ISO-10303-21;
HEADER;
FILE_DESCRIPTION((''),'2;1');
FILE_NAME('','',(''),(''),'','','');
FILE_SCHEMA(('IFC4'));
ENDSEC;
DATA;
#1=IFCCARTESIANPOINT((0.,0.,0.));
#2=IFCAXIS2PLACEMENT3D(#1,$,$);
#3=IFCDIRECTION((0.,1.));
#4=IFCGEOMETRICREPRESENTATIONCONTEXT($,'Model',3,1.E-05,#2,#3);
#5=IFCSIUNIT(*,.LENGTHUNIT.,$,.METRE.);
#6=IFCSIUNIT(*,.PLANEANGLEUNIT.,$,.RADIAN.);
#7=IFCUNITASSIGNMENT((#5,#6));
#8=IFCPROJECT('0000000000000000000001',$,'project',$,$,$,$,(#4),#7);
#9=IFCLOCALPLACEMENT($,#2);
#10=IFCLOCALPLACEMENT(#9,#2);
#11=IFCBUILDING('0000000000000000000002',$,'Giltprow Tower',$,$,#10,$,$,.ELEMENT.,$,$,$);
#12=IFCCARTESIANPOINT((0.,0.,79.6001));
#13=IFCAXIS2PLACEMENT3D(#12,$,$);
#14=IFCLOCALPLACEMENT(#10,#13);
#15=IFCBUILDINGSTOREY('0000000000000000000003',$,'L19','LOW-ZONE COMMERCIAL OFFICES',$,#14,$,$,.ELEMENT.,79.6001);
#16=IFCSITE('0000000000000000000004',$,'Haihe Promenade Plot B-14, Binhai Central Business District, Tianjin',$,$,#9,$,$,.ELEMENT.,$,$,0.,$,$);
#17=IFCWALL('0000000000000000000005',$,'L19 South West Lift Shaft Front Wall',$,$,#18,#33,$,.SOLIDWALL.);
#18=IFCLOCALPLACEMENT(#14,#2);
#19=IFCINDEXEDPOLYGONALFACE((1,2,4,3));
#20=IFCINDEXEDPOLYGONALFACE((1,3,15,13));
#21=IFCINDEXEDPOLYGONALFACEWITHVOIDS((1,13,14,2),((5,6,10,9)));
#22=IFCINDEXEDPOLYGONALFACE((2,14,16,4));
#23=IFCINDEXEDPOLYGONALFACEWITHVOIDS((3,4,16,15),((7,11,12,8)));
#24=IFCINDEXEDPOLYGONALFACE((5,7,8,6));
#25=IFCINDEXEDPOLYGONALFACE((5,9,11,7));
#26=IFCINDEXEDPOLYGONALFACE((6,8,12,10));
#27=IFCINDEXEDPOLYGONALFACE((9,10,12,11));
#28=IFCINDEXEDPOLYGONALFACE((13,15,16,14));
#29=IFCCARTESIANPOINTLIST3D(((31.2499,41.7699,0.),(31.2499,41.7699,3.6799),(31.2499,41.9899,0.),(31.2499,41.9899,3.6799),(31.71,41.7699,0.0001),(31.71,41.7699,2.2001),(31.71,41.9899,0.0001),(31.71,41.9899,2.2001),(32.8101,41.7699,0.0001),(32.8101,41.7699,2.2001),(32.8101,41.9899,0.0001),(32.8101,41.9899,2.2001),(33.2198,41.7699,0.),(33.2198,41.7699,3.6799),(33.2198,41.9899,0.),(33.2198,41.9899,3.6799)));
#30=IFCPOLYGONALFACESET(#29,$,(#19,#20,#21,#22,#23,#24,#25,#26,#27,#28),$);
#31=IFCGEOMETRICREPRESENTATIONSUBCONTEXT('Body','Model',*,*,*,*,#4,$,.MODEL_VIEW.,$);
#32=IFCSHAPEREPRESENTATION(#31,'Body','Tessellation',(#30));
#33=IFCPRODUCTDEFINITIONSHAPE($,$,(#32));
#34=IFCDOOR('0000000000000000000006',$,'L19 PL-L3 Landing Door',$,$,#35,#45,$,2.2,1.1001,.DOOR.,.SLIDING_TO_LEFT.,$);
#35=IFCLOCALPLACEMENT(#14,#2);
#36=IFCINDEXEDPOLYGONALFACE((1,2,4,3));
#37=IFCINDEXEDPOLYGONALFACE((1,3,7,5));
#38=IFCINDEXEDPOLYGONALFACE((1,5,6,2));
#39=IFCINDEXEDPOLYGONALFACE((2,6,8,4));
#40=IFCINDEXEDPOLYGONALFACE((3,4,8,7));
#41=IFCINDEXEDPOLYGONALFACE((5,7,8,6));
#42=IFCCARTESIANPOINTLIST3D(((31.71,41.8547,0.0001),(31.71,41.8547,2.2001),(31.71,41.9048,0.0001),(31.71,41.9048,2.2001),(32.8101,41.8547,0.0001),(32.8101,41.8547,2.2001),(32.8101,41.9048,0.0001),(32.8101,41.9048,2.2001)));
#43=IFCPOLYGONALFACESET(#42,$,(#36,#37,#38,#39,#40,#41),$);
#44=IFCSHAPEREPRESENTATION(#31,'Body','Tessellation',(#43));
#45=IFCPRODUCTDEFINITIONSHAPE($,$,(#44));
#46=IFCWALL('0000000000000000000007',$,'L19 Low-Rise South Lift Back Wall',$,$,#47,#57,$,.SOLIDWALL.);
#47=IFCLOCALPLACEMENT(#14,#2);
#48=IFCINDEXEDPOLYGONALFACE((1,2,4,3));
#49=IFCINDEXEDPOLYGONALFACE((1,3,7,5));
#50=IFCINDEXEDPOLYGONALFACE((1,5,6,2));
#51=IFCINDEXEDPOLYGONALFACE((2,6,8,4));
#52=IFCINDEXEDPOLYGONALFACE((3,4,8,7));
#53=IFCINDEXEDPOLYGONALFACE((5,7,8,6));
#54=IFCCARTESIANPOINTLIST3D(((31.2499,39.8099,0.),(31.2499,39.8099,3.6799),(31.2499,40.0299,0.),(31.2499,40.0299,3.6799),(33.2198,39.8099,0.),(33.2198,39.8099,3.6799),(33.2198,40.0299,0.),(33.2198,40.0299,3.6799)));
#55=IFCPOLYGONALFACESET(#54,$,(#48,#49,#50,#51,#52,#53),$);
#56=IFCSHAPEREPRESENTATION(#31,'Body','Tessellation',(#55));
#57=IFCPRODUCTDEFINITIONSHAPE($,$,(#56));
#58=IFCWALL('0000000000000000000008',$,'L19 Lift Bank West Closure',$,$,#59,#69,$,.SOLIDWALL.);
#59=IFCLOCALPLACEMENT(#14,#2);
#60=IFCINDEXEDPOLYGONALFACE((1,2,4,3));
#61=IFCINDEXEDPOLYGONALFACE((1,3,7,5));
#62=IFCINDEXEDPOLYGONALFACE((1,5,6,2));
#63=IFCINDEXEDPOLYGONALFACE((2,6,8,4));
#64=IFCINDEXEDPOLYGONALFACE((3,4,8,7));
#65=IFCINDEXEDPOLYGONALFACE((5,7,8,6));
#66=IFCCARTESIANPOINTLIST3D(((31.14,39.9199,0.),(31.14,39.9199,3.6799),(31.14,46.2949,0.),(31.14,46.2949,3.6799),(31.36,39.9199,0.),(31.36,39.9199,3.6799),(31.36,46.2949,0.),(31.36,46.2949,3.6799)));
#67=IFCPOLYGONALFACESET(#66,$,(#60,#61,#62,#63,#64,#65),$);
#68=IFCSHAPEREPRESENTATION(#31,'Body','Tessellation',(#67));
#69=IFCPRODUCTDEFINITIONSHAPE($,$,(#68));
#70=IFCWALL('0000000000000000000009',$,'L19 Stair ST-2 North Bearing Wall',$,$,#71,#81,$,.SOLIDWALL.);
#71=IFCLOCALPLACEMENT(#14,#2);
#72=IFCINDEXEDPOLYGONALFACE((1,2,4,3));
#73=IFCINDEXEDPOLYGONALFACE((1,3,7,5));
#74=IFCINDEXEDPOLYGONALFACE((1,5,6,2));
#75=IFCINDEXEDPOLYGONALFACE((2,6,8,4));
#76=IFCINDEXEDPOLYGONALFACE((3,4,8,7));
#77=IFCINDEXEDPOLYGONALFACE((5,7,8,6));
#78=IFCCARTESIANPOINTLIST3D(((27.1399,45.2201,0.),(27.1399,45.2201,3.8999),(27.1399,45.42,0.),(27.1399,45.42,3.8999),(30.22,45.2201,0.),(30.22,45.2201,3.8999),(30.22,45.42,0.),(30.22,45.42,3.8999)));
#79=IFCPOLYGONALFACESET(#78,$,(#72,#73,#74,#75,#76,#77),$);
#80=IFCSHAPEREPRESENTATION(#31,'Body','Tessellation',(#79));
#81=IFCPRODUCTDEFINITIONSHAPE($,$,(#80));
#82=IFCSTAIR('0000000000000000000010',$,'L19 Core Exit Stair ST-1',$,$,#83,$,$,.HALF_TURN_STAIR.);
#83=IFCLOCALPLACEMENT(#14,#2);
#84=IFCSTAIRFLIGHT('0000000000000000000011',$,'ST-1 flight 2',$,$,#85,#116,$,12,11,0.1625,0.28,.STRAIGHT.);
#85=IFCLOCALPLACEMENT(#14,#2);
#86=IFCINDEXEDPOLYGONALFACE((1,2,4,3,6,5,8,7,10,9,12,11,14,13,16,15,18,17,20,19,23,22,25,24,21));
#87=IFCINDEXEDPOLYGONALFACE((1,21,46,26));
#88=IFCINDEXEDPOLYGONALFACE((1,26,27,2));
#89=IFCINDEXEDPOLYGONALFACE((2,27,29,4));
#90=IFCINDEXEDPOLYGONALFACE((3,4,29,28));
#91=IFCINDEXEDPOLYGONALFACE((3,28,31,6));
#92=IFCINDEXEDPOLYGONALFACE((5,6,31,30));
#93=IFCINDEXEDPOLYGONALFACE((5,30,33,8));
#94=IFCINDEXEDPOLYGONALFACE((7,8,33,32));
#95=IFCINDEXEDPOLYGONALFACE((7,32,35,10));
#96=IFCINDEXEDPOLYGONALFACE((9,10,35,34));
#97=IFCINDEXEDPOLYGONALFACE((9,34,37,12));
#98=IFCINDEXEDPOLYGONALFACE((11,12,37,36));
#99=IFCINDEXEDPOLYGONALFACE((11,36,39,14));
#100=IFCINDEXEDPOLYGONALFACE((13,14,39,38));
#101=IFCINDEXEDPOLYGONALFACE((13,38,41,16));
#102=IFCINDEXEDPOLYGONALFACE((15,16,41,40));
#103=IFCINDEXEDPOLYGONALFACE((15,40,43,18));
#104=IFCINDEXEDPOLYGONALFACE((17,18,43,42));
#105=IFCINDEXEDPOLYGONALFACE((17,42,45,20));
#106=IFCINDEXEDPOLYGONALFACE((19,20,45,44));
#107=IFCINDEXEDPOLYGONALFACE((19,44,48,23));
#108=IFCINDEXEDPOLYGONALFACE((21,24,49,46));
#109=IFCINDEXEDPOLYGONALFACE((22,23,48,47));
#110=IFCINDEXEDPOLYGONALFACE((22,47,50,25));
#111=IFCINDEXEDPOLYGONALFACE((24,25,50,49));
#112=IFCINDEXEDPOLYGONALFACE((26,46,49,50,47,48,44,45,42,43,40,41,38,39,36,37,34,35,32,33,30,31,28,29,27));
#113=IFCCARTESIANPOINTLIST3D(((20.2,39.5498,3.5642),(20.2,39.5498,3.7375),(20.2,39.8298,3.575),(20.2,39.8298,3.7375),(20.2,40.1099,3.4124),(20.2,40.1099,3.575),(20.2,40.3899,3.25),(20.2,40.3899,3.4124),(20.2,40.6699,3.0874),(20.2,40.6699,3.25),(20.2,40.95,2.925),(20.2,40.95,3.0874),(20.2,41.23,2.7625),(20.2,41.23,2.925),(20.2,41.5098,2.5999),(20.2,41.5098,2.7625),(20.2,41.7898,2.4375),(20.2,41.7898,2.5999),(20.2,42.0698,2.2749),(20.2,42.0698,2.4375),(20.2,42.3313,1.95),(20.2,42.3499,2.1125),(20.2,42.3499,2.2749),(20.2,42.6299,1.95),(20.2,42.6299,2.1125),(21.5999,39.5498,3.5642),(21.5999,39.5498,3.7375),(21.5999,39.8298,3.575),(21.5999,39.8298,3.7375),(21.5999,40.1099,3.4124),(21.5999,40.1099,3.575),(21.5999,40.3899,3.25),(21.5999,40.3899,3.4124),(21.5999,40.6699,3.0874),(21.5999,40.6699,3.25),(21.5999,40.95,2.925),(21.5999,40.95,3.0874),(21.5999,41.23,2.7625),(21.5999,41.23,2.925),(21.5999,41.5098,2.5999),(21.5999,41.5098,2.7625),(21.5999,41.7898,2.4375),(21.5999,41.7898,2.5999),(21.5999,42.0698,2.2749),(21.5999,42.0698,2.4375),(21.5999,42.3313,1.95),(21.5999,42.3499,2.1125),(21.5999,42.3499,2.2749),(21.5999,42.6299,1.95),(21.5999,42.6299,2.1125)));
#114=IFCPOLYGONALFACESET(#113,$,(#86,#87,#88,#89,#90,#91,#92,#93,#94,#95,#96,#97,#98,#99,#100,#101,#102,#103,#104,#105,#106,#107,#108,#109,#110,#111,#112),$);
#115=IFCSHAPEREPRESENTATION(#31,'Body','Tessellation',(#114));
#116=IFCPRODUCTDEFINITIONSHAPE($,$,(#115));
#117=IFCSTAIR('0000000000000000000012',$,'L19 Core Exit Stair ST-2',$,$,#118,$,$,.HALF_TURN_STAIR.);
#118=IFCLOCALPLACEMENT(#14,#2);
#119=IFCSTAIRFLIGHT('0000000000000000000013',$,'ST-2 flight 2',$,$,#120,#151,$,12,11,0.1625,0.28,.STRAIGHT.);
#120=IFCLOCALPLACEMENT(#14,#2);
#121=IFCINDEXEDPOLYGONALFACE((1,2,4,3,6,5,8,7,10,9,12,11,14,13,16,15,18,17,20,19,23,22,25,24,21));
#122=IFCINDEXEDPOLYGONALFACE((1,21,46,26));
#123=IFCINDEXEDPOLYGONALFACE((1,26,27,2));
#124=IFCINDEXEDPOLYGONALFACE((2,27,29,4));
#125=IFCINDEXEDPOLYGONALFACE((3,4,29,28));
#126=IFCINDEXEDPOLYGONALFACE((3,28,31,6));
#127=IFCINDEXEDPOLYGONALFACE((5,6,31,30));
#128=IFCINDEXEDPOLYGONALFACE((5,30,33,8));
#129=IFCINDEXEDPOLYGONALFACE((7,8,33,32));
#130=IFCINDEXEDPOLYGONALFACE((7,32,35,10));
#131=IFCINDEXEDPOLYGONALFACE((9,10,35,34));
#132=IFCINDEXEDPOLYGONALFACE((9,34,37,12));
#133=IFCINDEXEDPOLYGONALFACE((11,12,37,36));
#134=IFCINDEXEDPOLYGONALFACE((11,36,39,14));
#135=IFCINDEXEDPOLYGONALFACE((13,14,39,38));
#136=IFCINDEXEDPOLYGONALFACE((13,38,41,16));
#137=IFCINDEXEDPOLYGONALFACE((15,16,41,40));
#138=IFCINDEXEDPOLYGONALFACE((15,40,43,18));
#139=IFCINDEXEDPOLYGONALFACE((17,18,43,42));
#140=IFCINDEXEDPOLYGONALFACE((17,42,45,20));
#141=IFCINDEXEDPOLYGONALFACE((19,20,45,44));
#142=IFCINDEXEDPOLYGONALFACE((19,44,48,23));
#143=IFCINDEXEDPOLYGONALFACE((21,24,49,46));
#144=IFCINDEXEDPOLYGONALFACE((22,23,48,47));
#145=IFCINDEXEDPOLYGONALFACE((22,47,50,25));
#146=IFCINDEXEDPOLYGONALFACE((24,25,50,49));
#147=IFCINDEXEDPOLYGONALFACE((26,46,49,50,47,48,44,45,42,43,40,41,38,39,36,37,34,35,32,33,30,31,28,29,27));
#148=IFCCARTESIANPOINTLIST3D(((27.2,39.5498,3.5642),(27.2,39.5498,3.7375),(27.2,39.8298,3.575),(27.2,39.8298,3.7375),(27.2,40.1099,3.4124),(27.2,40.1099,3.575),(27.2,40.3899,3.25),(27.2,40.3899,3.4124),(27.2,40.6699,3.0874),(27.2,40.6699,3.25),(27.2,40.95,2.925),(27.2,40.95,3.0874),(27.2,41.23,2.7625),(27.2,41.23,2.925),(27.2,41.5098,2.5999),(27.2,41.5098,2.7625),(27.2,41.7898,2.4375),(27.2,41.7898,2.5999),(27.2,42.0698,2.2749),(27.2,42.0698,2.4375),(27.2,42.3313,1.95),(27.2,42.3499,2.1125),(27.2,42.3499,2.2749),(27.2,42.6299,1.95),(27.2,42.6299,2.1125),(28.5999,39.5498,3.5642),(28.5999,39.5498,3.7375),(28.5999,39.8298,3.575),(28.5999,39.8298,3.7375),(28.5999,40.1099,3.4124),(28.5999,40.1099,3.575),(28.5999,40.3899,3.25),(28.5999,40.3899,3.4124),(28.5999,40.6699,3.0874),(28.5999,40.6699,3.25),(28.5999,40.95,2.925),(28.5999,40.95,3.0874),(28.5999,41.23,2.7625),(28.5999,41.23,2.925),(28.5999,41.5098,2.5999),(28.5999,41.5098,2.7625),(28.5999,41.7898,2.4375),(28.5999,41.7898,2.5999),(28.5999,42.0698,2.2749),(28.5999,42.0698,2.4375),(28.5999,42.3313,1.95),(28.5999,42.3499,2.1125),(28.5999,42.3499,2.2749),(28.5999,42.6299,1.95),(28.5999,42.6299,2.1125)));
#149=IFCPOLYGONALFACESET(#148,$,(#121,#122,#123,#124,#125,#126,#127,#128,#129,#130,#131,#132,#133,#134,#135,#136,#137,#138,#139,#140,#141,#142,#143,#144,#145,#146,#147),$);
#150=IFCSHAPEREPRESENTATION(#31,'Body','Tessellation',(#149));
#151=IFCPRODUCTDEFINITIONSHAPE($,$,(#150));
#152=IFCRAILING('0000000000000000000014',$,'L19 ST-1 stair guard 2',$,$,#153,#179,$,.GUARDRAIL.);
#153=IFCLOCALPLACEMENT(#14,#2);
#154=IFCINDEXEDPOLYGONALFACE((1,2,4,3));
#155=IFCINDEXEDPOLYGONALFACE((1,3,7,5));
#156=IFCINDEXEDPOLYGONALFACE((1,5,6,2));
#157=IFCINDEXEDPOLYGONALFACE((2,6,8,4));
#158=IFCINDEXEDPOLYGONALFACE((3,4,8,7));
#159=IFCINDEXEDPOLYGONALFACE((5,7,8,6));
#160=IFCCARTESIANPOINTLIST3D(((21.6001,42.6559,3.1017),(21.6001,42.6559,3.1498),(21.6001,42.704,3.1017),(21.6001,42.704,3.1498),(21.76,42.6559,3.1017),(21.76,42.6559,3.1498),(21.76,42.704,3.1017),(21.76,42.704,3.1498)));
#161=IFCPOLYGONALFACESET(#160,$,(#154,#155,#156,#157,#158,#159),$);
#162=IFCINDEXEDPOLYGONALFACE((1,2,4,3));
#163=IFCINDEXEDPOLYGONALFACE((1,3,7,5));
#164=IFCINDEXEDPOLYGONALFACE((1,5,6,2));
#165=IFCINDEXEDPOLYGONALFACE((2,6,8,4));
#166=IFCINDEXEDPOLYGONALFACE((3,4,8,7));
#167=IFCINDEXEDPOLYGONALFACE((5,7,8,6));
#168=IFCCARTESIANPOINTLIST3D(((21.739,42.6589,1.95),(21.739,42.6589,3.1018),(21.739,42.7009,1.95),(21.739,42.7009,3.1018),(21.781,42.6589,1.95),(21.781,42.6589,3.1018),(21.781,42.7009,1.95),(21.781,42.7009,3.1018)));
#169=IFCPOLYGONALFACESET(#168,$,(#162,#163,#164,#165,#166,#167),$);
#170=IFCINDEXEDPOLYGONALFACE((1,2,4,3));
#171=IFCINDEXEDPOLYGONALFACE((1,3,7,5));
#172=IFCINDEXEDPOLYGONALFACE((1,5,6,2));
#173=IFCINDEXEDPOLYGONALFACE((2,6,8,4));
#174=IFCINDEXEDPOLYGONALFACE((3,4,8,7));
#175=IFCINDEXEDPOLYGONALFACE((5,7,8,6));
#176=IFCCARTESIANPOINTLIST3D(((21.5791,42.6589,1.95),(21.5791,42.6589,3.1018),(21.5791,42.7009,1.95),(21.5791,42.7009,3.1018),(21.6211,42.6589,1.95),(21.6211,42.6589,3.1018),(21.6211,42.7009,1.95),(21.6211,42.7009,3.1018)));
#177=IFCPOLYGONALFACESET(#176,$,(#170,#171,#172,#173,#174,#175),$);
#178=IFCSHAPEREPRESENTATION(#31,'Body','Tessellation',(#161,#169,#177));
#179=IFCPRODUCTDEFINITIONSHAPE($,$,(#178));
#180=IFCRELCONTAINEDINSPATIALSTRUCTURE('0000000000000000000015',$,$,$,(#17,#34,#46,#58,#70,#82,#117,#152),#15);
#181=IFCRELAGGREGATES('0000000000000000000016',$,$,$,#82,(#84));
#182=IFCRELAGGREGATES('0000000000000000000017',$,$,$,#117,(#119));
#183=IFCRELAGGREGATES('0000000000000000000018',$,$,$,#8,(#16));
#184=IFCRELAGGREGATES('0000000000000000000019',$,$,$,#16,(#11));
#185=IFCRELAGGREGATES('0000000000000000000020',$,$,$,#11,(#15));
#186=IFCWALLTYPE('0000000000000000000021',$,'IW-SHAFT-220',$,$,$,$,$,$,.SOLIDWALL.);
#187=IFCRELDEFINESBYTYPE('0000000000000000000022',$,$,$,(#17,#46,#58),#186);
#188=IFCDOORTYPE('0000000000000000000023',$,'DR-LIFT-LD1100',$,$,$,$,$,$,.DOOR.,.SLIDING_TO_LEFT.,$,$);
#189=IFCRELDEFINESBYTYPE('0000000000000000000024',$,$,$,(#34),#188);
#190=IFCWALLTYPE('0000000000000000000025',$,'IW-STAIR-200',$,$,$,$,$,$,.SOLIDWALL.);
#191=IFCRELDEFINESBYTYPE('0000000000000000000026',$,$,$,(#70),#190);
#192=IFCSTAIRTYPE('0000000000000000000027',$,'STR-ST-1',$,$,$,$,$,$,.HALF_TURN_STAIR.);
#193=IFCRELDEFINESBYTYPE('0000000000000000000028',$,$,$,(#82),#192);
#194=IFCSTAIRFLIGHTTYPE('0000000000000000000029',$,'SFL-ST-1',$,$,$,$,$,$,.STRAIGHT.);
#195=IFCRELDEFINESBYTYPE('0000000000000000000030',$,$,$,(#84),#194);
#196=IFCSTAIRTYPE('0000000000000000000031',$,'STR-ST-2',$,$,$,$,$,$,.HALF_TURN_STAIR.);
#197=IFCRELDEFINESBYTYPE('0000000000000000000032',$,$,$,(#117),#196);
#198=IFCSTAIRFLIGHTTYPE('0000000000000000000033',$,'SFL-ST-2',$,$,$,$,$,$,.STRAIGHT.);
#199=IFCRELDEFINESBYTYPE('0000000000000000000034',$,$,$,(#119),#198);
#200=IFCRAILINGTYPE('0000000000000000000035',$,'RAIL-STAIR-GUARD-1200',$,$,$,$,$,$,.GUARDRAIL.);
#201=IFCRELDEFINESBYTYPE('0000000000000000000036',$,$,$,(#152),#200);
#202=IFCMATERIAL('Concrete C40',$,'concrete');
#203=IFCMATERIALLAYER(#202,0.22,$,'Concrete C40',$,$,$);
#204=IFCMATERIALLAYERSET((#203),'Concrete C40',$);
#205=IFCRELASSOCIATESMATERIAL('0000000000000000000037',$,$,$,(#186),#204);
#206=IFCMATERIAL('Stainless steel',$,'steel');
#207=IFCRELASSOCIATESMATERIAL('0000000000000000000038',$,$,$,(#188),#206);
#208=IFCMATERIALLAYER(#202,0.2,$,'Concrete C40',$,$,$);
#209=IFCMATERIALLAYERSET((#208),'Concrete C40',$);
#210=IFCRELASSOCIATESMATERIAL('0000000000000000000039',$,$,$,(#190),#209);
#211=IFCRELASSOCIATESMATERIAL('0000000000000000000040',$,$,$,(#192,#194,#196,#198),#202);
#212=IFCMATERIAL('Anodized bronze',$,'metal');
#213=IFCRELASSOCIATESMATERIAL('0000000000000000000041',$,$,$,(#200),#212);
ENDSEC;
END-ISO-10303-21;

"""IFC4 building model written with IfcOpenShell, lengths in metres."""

from ifc_helpers import new_model, si_unit, direction, frame, frame_2d, origin, origin_2d, place, context, subcontext, project, spatial, polyline, rectangle, outline, extrude, source, transform, mapped, material, layer, layer_set, type_object, element, fill, aggregate, save


model = new_model("IFC4")

# Units and contexts
model_context = context("Model", 3, precision=1e-05, world=origin(), true_north=direction((0.0, 1.0)))
body_context = subcontext(model_context, "Body", "Model", "MODEL_VIEW")
ifc_project = project(units=[si_unit("LENGTHUNIT", "METRE"), si_unit("PLANEANGLEUNIT", "RADIAN")], contexts=[model_context])

# Site, building, storey
site_placement = place(None, origin())
site = spatial("IfcSite", under=ifc_project, at=site_placement, Name="Haihe Promenade Plot B-14, Binhai Central Business District, Tianjin", CompositionType="ELEMENT", RefElevation=0.0)
building_placement = place(site_placement, origin())
building = spatial("IfcBuilding", under=site, at=building_placement, Name="Giltprow Tower", CompositionType="ELEMENT")
storey_placement = place(building_placement, frame((0.0, 0.0, 79.6001)))
storey = spatial("IfcBuildingStorey", under=building, at=storey_placement, Name="L19", Description="LOW-ZONE COMMERCIAL OFFICES", CompositionType="ELEMENT", Elevation=79.6001)

# Shared definitions
ifc_material_1 = material(Name="Concrete C40", Category="concrete")
ifc_layer_1 = layer(ifc_material_1, 0.22, Name="Concrete C40")
ifc_layer_set_1 = layer_set([ifc_layer_1], Name="Concrete C40")
wall_type_1 = type_object("IfcWallType", Name="IW-SHAFT-220", PredefinedType="SOLIDWALL", material=ifc_layer_set_1)
ifc_material_2 = material(Name="Stainless steel", Category="steel")
door_type = type_object("IfcDoorType", Name="DR-LIFT-LD1100", OperationType="SLIDING_TO_LEFT", PredefinedType="DOOR", material=ifc_material_2)
shared_shape_1 = source(origin(), body_context, "Body", "SweptSolid", [
    extrude(rectangle(XDim=1.1001, YDim=2.2, at=frame_2d((0.55, 1.1001))), frame((0.0, 0.0249, 0.0), z_axis=(0.0, -1.0, 0.0), x_axis=(1.0, 0.0, 0.0)), (0.0, 0.0, 1.0), 0.05),
])

# Wall, opening, door
wall_1_placement = place(storey_placement, frame((31.25, 41.8799, 0.0), z_axis=(0.0, 0.0, 1.0), x_axis=(1.0, 0.0, 0.0)))
wall_1 = element("IfcWall", 1, at=wall_1_placement, inside=storey, type_object=wall_type_1, Name="L19 South West Lift Shaft Front Wall", PredefinedType="SOLIDWALL", context=body_context, shape_type="SweptSolid", body=[
    extrude(rectangle(XDim=1.97, YDim=0.22, at=frame_2d((0.9849, 0.0))), origin(), (0.0, 0.0, 1.0), 3.6799),
])
opening_1_placement = place(wall_1_placement, frame((0.46, 0.0, 0.0)))
opening_1 = element("IfcOpeningElement", 2, at=opening_1_placement, cuts=wall_1, PredefinedType="OPENING", context=body_context, shape_type="SweptSolid", body=[
    extrude(rectangle(XDim=1.1001, YDim=2.2, at=frame_2d((0.55, 1.1001))), frame((0.0, 0.1199, 0.0), z_axis=(0.0, -1.0, 0.0), x_axis=(1.0, 0.0, 0.0)), (0.0, 0.0, 1.0), 0.24),
])
door_1_placement = place(opening_1_placement, origin())
door_1 = element("IfcDoor", 3, at=door_1_placement, inside=storey, type_object=door_type, Name="L19 PL-L3 Landing Door", OperationType="SLIDING_TO_LEFT", OverallHeight=2.2, OverallWidth=1.1001, PredefinedType="DOOR", context=body_context, shape_type="MappedRepresentation", body=[
    mapped(shared_shape_1, transform((0.0, 0.0, 0.0), x_axis=(1.0, 0.0, 0.0), y_axis=(0.0, 1.0, 0.0), z_axis=(0.0, 0.0, 1.0), scale=1.0)),
])
fill(opening_1, door_1)

# Walls
wall_2_placement = place(storey_placement, frame((31.25, 39.9199, 0.0), z_axis=(0.0, 0.0, 1.0), x_axis=(1.0, 0.0, 0.0)))
element("IfcWall", 4, at=wall_2_placement, inside=storey, type_object=wall_type_1, Name="L19 Low-Rise South Lift Back Wall", PredefinedType="SOLIDWALL", context=body_context, shape_type="SweptSolid", body=[
    extrude(rectangle(XDim=1.97, YDim=0.22, at=frame_2d((0.9849, 0.0))), origin(), (0.0, 0.0, 1.0), 3.6799),
])
wall_3_placement = place(storey_placement, frame((31.25, 39.9199, 0.0), z_axis=(0.0, 0.0, 1.0), x_axis=(0.0, 1.0, 0.0)))
element("IfcWall", 5, at=wall_3_placement, inside=storey, type_object=wall_type_1, Name="L19 Lift Bank West Closure", PredefinedType="SOLIDWALL", context=body_context, shape_type="SweptSolid", body=[
    extrude(rectangle(XDim=6.375, YDim=0.22, at=frame_2d((3.1875, 0.0))), origin(), (0.0, 0.0, 1.0), 3.6799),
])
ifc_layer_2 = layer(ifc_material_1, 0.2, Name="Concrete C40")
ifc_layer_set_2 = layer_set([ifc_layer_2], Name="Concrete C40")
wall_type_2 = type_object("IfcWallType", Name="IW-STAIR-200", PredefinedType="SOLIDWALL", material=ifc_layer_set_2)
wall_4_placement = place(storey_placement, frame((27.1399, 45.3201, 0.0), z_axis=(0.0, 0.0, 1.0), x_axis=(1.0, 0.0, 0.0)))
element("IfcWall", 6, at=wall_4_placement, inside=storey, type_object=wall_type_2, Name="L19 Stair ST-2 North Bearing Wall", PredefinedType="SOLIDWALL", context=body_context, shape_type="SweptSolid", body=[
    extrude(rectangle(XDim=3.0801, YDim=0.2, at=frame_2d((1.54, 0.0))), origin(), (0.0, 0.0, 1.0), 3.8999),
])

# Stairs, stair flights
stair_type_1 = type_object("IfcStairType", Name="STR-ST-1", PredefinedType="HALF_TURN_STAIR", material=ifc_material_1)
stair_1_placement = place(storey_placement, origin())
stair_1 = element("IfcStair", 7, at=stair_1_placement, inside=storey, type_object=stair_type_1, Name="L19 Core Exit Stair ST-1", PredefinedType="HALF_TURN_STAIR")
stair_flight_type_1 = type_object("IfcStairFlightType", Name="SFL-ST-1", PredefinedType="STRAIGHT", material=ifc_material_1)
stair_flight_1_placement = place(storey_placement, frame((20.8999, 42.6299, 1.95), z_axis=(0.0, 0.0, 1.0), x_axis=(0.0, -1.0, 0.0)))
stair_flight_1 = element("IfcStairFlight", 8, at=stair_flight_1_placement, type_object=stair_flight_type_1, Name="ST-1 flight 2", NumberOfRisers=12, NumberOfTreads=11, PredefinedType="STRAIGHT", RiserHeight=0.1625, TreadLength=0.28, context=body_context, shape_type="SweptSolid", body=[
    extrude(outline(polyline([(0.0, 0.0), (0.0, 0.1626), (0.28, 0.1626), (0.28, 0.325), (0.5601, 0.325), (0.5601, 0.4875), (0.8401, 0.4875), (0.8401, 0.6499), (1.1201, 0.6499), (1.1201, 0.8125), (1.3999, 0.8125), (1.3999, 0.9751), (1.6799, 0.9751), (1.6799, 1.1375), (1.96, 1.1375), (1.96, 1.3), (2.24, 1.3), (2.24, 1.4624), (2.52, 1.4624), (2.52, 1.625), (2.8, 1.625), (2.8, 1.7876), (3.0801, 1.7876), (3.0801, 1.95), (3.0801, 1.6143), (0.2986, 0.0), (0.0, 0.0)])), frame((0.0, 0.7, 0.0), z_axis=(0.0, -1.0, 0.0), x_axis=(1.0, 0.0, 0.0)), (0.0, 0.0, 1.0), 1.3999),
])
aggregate(stair_1, [stair_flight_1])
stair_type_2 = type_object("IfcStairType", Name="STR-ST-2", PredefinedType="HALF_TURN_STAIR", material=ifc_material_1)
stair_2_placement = place(storey_placement, origin())
stair_2 = element("IfcStair", 9, at=stair_2_placement, inside=storey, type_object=stair_type_2, Name="L19 Core Exit Stair ST-2", PredefinedType="HALF_TURN_STAIR")
stair_flight_type_2 = type_object("IfcStairFlightType", Name="SFL-ST-2", PredefinedType="STRAIGHT", material=ifc_material_1)
stair_flight_2_placement = place(storey_placement, frame((27.8999, 42.6299, 1.95), z_axis=(0.0, 0.0, 1.0), x_axis=(0.0, -1.0, 0.0)))
stair_flight_2 = element("IfcStairFlight", 10, at=stair_flight_2_placement, type_object=stair_flight_type_2, Name="ST-2 flight 2", NumberOfRisers=12, NumberOfTreads=11, PredefinedType="STRAIGHT", RiserHeight=0.1625, TreadLength=0.28, context=body_context, shape_type="SweptSolid", body=[
    extrude(outline(polyline([(0.0, 0.0), (0.0, 0.1626), (0.28, 0.1626), (0.28, 0.325), (0.5601, 0.325), (0.5601, 0.4875), (0.8401, 0.4875), (0.8401, 0.6499), (1.1201, 0.6499), (1.1201, 0.8125), (1.3999, 0.8125), (1.3999, 0.9751), (1.6799, 0.9751), (1.6799, 1.1375), (1.96, 1.1375), (1.96, 1.3), (2.24, 1.3), (2.24, 1.4624), (2.52, 1.4624), (2.52, 1.625), (2.8, 1.625), (2.8, 1.7876), (3.0801, 1.7876), (3.0801, 1.95), (3.0801, 1.6143), (0.2986, 0.0), (0.0, 0.0)])), frame((0.0, 0.7, 0.0), z_axis=(0.0, -1.0, 0.0), x_axis=(1.0, 0.0, 0.0)), (0.0, 0.0, 1.0), 1.3999),
])
aggregate(stair_2, [stair_flight_2])

# Railing
ifc_material_3 = material(Name="Anodized bronze", Category="metal")
railing_type_1 = type_object("IfcRailingType", Name="RAIL-STAIR-GUARD-1200", PredefinedType="GUARDRAIL", material=ifc_material_3)
railing_1_placement = place(storey_placement, frame((21.76, 42.6799, 1.95)))
element("IfcRailing", 11, at=railing_1_placement, inside=storey, type_object=railing_type_1, Name="L19 ST-1 stair guard 2", PredefinedType="GUARDRAIL", context=body_context, shape_type="SweptSolid", body=[
    extrude(rectangle(XDim=0.0481, YDim=0.0481, at=origin_2d()), frame((0.0, 0.0, 1.1758), z_axis=(-1.0, 0.0, 0.0), x_axis=(0.0, -1.0, 0.0)), (0.0, 0.0, 1.0), 0.1599),
    extrude(rectangle(XDim=0.042, YDim=0.042, at=origin_2d()), origin(), (0.0, 0.0, 1.0), 1.1519),
    extrude(rectangle(XDim=0.042, YDim=0.042, at=origin_2d()), frame((-0.1599, 0.0, 0.0)), (0.0, 0.0, 1.0), 1.1519),
])

save(model, "model.ifc")
